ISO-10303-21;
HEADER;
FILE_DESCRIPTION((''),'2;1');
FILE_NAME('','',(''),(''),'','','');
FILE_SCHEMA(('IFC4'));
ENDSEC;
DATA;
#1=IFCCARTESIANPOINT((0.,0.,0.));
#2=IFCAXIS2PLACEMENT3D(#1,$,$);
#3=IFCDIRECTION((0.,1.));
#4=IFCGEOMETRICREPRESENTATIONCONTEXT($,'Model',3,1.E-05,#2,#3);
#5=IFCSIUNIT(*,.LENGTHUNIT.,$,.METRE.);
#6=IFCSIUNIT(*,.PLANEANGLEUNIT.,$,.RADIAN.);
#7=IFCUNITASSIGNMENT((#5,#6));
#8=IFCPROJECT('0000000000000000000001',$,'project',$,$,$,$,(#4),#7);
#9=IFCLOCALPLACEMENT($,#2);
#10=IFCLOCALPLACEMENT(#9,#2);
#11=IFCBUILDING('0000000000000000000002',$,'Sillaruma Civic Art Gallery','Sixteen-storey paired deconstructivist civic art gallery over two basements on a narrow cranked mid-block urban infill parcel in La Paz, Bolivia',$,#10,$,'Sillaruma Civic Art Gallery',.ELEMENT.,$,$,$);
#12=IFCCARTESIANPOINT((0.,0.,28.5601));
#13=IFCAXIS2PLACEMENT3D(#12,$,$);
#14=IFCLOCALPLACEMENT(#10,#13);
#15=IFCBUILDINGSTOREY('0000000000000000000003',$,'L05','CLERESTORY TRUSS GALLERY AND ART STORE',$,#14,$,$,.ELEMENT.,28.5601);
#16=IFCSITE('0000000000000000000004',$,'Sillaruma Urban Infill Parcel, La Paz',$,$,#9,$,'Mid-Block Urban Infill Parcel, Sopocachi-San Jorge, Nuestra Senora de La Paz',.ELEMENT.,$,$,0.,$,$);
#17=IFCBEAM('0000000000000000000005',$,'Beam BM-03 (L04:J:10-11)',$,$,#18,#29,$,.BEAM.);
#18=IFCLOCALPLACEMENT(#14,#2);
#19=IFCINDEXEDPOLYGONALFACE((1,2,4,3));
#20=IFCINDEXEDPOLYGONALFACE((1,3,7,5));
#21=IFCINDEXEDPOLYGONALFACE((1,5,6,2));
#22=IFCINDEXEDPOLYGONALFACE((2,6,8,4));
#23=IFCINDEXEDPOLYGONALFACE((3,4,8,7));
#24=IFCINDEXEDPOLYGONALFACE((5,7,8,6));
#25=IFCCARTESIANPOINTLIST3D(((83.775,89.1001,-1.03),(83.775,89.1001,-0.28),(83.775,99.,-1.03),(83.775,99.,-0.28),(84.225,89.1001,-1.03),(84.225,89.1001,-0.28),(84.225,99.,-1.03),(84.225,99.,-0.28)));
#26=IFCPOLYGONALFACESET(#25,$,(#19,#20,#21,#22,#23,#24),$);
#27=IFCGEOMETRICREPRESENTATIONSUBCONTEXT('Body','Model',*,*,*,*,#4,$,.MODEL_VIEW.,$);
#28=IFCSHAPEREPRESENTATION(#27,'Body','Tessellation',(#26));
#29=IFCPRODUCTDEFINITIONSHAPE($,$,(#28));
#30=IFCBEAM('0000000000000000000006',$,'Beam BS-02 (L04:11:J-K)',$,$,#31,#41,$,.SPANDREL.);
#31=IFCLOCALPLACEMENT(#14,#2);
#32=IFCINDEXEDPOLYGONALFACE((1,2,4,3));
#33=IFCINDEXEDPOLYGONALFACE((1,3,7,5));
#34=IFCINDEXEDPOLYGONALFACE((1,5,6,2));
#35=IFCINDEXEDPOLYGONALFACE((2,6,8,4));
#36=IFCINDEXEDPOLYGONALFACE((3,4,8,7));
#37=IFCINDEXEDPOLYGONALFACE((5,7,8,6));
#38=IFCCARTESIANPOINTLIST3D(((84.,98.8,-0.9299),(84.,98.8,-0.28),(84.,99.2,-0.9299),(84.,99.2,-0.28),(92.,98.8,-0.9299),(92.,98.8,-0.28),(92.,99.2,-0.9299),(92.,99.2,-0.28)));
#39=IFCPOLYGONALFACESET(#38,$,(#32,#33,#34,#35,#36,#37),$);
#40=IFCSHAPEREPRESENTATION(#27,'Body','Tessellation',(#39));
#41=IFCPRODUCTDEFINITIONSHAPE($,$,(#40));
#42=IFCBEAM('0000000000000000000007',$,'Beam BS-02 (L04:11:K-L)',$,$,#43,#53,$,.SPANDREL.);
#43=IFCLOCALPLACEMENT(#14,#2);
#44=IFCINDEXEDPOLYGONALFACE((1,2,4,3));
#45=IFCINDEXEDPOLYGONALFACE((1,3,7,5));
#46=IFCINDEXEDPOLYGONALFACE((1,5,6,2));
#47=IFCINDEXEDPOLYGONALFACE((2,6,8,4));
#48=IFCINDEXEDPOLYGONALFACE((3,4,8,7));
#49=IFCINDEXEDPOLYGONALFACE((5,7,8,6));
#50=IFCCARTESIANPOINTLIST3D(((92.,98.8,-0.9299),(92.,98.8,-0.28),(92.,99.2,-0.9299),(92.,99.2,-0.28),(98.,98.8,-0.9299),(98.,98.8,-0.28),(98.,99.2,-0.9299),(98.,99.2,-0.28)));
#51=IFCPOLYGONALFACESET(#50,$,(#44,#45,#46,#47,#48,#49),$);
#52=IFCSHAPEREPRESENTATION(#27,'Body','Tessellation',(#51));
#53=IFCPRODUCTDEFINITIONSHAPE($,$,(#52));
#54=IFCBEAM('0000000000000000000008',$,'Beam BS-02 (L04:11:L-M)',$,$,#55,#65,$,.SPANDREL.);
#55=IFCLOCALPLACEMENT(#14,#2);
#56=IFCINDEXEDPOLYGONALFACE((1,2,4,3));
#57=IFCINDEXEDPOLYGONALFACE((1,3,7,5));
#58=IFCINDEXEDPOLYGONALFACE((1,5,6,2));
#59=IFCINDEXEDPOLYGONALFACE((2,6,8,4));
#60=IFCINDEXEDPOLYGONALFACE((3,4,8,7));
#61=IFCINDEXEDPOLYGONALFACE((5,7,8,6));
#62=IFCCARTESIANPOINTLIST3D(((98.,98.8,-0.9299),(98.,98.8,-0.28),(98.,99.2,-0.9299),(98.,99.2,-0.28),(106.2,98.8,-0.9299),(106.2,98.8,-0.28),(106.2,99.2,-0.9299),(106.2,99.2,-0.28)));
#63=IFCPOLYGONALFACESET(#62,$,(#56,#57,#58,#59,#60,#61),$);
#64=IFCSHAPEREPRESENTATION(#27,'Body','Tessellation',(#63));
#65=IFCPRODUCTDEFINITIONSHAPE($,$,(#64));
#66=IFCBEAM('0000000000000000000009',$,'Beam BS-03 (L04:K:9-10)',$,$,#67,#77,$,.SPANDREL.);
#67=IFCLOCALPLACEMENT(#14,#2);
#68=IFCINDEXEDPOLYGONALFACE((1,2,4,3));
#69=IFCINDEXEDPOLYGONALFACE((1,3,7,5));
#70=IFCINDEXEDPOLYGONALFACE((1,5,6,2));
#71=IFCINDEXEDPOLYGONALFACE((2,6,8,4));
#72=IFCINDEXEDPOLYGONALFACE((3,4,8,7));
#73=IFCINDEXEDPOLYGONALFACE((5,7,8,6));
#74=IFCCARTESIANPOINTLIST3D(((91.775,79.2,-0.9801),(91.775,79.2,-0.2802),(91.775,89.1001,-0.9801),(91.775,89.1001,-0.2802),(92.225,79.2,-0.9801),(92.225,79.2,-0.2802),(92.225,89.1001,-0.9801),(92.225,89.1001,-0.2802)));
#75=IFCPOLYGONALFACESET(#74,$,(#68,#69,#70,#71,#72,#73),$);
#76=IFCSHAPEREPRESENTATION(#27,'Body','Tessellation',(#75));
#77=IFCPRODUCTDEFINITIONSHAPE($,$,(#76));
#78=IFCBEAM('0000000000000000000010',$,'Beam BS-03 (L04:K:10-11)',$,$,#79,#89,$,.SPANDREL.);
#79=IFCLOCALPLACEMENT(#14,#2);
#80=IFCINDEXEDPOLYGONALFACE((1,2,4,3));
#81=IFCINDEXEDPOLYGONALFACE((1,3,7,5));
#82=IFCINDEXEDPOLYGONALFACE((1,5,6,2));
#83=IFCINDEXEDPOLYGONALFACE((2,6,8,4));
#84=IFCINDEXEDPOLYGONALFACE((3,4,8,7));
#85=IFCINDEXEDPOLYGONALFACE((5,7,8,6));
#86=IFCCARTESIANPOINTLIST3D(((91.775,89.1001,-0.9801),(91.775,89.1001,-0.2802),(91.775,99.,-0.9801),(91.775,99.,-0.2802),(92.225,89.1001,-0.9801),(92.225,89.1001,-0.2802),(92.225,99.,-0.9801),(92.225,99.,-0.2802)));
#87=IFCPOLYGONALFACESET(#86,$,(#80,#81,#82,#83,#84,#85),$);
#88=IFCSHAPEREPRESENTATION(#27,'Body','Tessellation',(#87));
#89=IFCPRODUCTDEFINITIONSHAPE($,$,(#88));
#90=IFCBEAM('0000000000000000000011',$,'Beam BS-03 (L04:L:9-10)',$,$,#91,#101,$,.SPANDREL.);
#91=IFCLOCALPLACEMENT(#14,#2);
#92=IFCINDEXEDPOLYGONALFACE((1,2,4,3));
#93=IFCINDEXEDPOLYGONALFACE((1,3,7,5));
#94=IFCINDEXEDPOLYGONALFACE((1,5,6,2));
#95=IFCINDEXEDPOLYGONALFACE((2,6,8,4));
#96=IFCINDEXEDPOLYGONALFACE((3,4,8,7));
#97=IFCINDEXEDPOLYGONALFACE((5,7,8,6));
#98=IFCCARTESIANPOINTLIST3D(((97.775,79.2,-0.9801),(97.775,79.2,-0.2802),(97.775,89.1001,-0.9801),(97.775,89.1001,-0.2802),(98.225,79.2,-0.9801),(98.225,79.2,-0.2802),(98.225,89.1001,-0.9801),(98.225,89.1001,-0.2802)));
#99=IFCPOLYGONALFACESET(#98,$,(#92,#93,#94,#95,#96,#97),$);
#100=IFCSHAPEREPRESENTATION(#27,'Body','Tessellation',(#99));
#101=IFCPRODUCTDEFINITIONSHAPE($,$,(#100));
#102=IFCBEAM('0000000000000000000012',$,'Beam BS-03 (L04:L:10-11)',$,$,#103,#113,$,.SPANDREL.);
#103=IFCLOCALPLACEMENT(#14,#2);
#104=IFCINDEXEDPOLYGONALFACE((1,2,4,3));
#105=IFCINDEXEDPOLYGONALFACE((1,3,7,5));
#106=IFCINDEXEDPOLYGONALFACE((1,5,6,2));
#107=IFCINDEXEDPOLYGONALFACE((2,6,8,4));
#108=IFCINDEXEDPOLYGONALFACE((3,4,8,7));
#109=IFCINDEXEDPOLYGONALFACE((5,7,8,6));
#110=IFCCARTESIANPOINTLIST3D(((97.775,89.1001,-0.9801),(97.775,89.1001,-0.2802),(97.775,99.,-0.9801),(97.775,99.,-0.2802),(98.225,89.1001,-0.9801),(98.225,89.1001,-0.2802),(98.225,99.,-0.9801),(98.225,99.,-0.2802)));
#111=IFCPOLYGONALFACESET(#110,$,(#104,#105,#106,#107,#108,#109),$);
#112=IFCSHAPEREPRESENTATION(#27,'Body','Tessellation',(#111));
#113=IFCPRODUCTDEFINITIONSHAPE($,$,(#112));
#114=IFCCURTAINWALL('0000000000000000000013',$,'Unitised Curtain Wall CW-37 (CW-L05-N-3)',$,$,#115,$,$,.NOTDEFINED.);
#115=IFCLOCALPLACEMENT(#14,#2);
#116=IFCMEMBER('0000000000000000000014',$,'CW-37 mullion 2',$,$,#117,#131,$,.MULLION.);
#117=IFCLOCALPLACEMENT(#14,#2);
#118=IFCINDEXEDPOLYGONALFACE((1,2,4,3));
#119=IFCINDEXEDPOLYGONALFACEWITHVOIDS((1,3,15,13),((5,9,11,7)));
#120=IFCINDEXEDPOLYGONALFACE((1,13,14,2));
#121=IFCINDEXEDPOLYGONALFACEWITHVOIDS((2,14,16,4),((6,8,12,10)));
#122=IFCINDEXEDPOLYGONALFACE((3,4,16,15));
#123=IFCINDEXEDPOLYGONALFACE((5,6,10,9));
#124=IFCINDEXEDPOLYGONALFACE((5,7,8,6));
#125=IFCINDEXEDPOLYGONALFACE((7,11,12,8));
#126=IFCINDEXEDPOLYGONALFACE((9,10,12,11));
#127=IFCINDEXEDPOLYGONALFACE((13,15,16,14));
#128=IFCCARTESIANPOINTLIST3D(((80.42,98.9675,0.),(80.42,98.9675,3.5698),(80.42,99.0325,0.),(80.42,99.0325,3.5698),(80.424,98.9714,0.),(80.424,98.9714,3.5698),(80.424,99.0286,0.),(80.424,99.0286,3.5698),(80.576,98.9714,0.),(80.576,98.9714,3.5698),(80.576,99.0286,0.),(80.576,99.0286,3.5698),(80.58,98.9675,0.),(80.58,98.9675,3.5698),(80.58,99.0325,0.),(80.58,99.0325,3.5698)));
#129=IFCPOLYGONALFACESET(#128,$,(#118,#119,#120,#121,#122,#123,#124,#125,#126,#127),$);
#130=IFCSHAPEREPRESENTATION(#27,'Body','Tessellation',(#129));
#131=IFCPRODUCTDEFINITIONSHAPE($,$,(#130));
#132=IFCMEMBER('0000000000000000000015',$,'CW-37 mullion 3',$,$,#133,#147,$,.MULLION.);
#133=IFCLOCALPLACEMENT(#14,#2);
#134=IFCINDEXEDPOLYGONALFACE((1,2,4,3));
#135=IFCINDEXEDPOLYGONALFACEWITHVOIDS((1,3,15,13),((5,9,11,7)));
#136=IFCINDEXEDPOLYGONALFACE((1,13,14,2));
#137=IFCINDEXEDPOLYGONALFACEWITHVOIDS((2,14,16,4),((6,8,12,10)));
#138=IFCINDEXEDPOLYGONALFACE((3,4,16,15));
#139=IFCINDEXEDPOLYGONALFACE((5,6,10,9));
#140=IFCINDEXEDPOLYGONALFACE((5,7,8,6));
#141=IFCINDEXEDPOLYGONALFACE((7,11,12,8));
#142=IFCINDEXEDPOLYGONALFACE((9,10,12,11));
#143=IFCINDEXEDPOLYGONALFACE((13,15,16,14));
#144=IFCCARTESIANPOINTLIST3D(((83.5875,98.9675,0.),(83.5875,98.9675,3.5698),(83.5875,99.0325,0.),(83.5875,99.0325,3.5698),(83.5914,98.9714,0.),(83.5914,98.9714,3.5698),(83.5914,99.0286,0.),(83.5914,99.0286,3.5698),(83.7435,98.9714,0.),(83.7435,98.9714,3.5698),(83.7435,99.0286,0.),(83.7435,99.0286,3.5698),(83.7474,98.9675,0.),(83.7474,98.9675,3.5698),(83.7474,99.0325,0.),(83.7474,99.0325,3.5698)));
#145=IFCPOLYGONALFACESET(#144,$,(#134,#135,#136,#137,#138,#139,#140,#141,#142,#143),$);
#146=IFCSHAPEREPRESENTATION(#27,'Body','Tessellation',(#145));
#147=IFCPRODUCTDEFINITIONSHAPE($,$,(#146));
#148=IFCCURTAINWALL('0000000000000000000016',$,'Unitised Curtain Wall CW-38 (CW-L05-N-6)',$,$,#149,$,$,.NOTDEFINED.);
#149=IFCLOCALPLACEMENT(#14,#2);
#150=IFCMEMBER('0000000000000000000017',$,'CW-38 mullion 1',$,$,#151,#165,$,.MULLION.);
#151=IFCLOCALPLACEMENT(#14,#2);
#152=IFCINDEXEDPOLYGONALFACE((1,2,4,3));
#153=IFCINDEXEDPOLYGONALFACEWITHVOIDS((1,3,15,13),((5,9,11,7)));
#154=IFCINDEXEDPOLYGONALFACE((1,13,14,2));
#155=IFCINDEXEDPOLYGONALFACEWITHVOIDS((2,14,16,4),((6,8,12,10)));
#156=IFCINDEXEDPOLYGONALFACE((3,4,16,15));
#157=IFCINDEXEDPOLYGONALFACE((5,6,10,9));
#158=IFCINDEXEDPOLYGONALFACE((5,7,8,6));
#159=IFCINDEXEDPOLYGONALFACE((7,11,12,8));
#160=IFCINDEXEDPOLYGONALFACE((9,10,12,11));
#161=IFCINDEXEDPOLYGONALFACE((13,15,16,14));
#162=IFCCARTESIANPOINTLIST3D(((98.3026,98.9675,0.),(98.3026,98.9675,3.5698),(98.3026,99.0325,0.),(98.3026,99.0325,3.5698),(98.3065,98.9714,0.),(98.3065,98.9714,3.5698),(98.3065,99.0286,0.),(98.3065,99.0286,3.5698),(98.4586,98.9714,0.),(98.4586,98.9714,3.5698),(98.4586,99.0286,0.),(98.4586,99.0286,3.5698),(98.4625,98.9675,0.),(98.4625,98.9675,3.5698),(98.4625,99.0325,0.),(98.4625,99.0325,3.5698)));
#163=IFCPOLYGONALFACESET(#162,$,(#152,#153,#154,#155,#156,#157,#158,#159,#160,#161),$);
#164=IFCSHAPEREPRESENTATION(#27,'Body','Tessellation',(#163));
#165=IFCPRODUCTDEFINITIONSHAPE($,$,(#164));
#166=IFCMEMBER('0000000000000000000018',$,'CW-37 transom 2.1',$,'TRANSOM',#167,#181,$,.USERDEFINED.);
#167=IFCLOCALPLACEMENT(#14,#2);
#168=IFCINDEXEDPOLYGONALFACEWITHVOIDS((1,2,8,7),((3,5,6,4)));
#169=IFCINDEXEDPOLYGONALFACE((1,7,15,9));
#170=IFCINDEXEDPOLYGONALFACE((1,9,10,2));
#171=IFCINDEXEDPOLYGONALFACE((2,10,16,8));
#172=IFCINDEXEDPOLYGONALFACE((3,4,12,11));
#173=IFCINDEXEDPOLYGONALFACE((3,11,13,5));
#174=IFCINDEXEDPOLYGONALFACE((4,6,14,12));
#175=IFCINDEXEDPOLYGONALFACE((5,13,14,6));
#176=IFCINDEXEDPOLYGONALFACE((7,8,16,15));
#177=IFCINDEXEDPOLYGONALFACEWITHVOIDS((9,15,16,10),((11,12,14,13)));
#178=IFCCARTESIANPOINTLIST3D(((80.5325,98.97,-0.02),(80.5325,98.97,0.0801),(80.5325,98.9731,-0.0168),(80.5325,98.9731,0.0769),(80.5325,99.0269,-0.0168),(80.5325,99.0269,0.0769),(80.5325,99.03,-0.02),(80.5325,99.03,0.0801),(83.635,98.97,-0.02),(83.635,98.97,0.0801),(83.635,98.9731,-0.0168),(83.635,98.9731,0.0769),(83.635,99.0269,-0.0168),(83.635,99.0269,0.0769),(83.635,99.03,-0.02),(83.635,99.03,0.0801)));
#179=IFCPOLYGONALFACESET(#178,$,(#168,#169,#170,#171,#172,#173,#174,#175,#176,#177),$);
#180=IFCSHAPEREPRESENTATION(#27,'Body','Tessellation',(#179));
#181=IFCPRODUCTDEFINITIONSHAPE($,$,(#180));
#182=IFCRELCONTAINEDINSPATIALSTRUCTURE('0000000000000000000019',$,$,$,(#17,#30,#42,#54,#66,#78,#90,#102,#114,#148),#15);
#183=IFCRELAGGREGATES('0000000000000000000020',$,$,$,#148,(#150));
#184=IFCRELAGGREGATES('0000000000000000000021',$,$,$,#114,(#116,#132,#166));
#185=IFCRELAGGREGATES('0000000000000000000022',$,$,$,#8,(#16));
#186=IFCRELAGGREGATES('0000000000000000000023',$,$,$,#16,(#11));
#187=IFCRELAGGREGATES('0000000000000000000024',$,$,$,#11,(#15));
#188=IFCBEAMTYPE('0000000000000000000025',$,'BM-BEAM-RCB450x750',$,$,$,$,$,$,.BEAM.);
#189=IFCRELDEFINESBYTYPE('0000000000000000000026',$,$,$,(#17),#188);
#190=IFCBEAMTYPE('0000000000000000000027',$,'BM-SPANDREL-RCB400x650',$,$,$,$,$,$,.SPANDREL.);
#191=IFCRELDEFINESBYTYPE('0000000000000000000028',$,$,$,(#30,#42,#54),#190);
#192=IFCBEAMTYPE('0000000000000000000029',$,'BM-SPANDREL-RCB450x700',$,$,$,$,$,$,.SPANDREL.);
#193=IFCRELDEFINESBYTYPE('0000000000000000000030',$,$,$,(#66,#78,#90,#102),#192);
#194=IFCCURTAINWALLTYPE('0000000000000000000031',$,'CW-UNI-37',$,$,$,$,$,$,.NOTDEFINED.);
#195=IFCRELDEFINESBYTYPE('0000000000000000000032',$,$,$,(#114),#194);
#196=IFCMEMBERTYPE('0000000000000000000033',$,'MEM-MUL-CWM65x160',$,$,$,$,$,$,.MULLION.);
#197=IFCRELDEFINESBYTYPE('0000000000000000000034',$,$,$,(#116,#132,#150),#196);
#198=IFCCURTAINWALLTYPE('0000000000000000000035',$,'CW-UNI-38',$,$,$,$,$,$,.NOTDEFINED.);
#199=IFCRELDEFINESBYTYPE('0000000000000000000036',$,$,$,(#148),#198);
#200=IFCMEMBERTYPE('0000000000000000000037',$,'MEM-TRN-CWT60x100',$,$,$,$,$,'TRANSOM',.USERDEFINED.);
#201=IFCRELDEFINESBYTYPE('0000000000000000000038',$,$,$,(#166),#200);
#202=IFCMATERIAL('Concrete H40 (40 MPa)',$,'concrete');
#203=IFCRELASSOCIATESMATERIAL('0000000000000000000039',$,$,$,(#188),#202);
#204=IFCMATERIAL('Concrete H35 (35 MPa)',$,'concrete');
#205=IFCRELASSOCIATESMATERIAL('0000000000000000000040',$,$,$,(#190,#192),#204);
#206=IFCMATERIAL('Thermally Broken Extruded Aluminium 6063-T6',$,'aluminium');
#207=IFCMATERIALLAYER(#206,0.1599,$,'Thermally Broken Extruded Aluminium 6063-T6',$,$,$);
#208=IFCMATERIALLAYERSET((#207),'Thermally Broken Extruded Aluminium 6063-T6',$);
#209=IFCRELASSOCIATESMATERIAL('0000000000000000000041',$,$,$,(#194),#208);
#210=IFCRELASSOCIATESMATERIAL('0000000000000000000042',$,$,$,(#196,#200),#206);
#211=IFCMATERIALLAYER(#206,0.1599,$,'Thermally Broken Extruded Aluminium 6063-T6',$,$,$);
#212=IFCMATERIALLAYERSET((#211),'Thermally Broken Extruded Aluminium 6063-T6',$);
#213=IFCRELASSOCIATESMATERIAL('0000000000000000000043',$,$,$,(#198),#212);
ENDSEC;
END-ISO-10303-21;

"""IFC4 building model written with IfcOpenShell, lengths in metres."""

from ifc_helpers import new_model, si_unit, direction, frame, origin, origin_2d, place, context, subcontext, project, spatial, rectangle, hollow_rectangle, extrude, material, layer, layer_set, material_profile, profile_set, type_object, element, aggregate, save


model = new_model("IFC4")

# Units and contexts
model_context = context("Model", 3, precision=1e-05, world=origin(), true_north=direction((0.0, 1.0)))
body_context = subcontext(model_context, "Body", "Model", "MODEL_VIEW")
ifc_project = project(units=[si_unit("LENGTHUNIT", "METRE"), si_unit("PLANEANGLEUNIT", "RADIAN")], contexts=[model_context])

# Site, building, storey
site_placement = place(None, origin())
site = spatial("IfcSite", under=ifc_project, at=site_placement, Name="Sillaruma Urban Infill Parcel, La Paz", LongName="Mid-Block Urban Infill Parcel, Sopocachi-San Jorge, Nuestra Senora de La Paz", CompositionType="ELEMENT", RefElevation=0.0)
building_placement = place(site_placement, origin())
building = spatial("IfcBuilding", under=site, at=building_placement, Name="Sillaruma Civic Art Gallery", Description="Sixteen-storey paired deconstructivist civic art gallery over two basements on a narrow cranked mid-block urban infill parcel in La Paz, Bolivia", LongName="Sillaruma Civic Art Gallery", CompositionType="ELEMENT")
storey_placement = place(building_placement, frame((0.0, 0.0, 28.5601)))
storey = spatial("IfcBuildingStorey", under=building, at=storey_placement, Name="L05", Description="CLERESTORY TRUSS GALLERY AND ART STORE", CompositionType="ELEMENT", Elevation=28.5601)

# Shared definitions
ifc_material_1 = material(Name="Concrete H40 (40 MPa)", Category="concrete")

# Beams
ifc_material_2 = material(Name="Concrete H35 (35 MPa)", Category="concrete")
ifc_material_profile_1 = material_profile(ifc_material_1, rectangle(XDim=0.45, YDim=0.75, at=origin_2d()), Name="RCB450x750")
ifc_profile_set_1 = profile_set([ifc_material_profile_1], Name="Concrete H40 (40 MPa)")
beam_type_1 = type_object("IfcBeamType", Name="BM-BEAM-RCB450x750", PredefinedType="BEAM", material=ifc_profile_set_1)
beam_1_placement = place(storey_placement, frame((84.0, 89.1001, -0.655), z_axis=(0.0, 1.0, 0.0), x_axis=(-1.0, 0.0, 0.0)))
element("IfcBeam", 1, at=beam_1_placement, inside=storey, type_object=beam_type_1, Name="Beam BM-03 (L04:J:10-11)", PredefinedType="BEAM", context=body_context, shape_type="SweptSolid", body=[
    extrude(rectangle(XDim=0.45, YDim=0.75, at=origin_2d()), origin(), (0.0, 0.0, 1.0), 9.8999),
])
ifc_material_profile_2 = material_profile(ifc_material_2, rectangle(XDim=0.3999, YDim=0.6499, at=origin_2d()), Name="RCB400x650")
ifc_profile_set_2 = profile_set([ifc_material_profile_2], Name="Concrete H35 (35 MPa)")
beam_type_2 = type_object("IfcBeamType", Name="BM-SPANDREL-RCB400x650", PredefinedType="SPANDREL", material=ifc_profile_set_2)
beam_2_placement = place(storey_placement, frame((84.0, 99.0, -0.605), z_axis=(1.0, 0.0, 0.0), x_axis=(0.0, 1.0, 0.0)))
element("IfcBeam", 2, at=beam_2_placement, inside=storey, type_object=beam_type_2, Name="Beam BS-02 (L04:11:J-K)", PredefinedType="SPANDREL", context=body_context, shape_type="SweptSolid", body=[
    extrude(rectangle(XDim=0.3999, YDim=0.6499, at=origin_2d()), origin(), (0.0, 0.0, 1.0), 8.0),
])
beam_3_placement = place(storey_placement, frame((92.0, 99.0, -0.605), z_axis=(1.0, 0.0, 0.0), x_axis=(0.0, 1.0, 0.0)))
element("IfcBeam", 3, at=beam_3_placement, inside=storey, type_object=beam_type_2, Name="Beam BS-02 (L04:11:K-L)", PredefinedType="SPANDREL", context=body_context, shape_type="SweptSolid", body=[
    extrude(rectangle(XDim=0.3999, YDim=0.6499, at=origin_2d()), origin(), (0.0, 0.0, 1.0), 6.0),
])
beam_4_placement = place(storey_placement, frame((98.0, 99.0, -0.605), z_axis=(1.0, 0.0, 0.0), x_axis=(0.0, 1.0, 0.0)))
element("IfcBeam", 4, at=beam_4_placement, inside=storey, type_object=beam_type_2, Name="Beam BS-02 (L04:11:L-M)", PredefinedType="SPANDREL", context=body_context, shape_type="SweptSolid", body=[
    extrude(rectangle(XDim=0.3999, YDim=0.6499, at=origin_2d()), origin(), (0.0, 0.0, 1.0), 8.2),
])
ifc_material_profile_3 = material_profile(ifc_material_2, rectangle(XDim=0.45, YDim=0.7, at=origin_2d()), Name="RCB450x700")
ifc_profile_set_3 = profile_set([ifc_material_profile_3], Name="Concrete H35 (35 MPa)")
beam_type_3 = type_object("IfcBeamType", Name="BM-SPANDREL-RCB450x700", PredefinedType="SPANDREL", material=ifc_profile_set_3)
beam_5_placement = place(storey_placement, frame((92.0, 79.2, -0.6301), z_axis=(0.0, 1.0, 0.0), x_axis=(-1.0, 0.0, 0.0)))
element("IfcBeam", 5, at=beam_5_placement, inside=storey, type_object=beam_type_3, Name="Beam BS-03 (L04:K:9-10)", PredefinedType="SPANDREL", context=body_context, shape_type="SweptSolid", body=[
    extrude(rectangle(XDim=0.45, YDim=0.7, at=origin_2d()), origin(), (0.0, 0.0, 1.0), 9.9001),
])
beam_6_placement = place(storey_placement, frame((92.0, 89.1001, -0.6301), z_axis=(0.0, 1.0, 0.0), x_axis=(-1.0, 0.0, 0.0)))
element("IfcBeam", 6, at=beam_6_placement, inside=storey, type_object=beam_type_3, Name="Beam BS-03 (L04:K:10-11)", PredefinedType="SPANDREL", context=body_context, shape_type="SweptSolid", body=[
    extrude(rectangle(XDim=0.45, YDim=0.7, at=origin_2d()), origin(), (0.0, 0.0, 1.0), 9.8999),
])
beam_7_placement = place(storey_placement, frame((98.0, 79.2, -0.6301), z_axis=(0.0, 1.0, 0.0), x_axis=(-1.0, 0.0, 0.0)))
element("IfcBeam", 7, at=beam_7_placement, inside=storey, type_object=beam_type_3, Name="Beam BS-03 (L04:L:9-10)", PredefinedType="SPANDREL", context=body_context, shape_type="SweptSolid", body=[
    extrude(rectangle(XDim=0.45, YDim=0.7, at=origin_2d()), origin(), (0.0, 0.0, 1.0), 9.9001),
])
beam_8_placement = place(storey_placement, frame((98.0, 89.1001, -0.6301), z_axis=(0.0, 1.0, 0.0), x_axis=(-1.0, 0.0, 0.0)))
element("IfcBeam", 8, at=beam_8_placement, inside=storey, type_object=beam_type_3, Name="Beam BS-03 (L04:L:10-11)", PredefinedType="SPANDREL", context=body_context, shape_type="SweptSolid", body=[
    extrude(rectangle(XDim=0.45, YDim=0.7, at=origin_2d()), origin(), (0.0, 0.0, 1.0), 9.8999),
])

# Curtain wall, members
ifc_material_3 = material(Name="Thermally Broken Extruded Aluminium 6063-T6", Category="aluminium")
ifc_layer_1 = layer(ifc_material_3, 0.1599, Name="Thermally Broken Extruded Aluminium 6063-T6")
ifc_layer_set_1 = layer_set([ifc_layer_1], Name="Thermally Broken Extruded Aluminium 6063-T6")
curtain_wall_type_1 = type_object("IfcCurtainWallType", Name="CW-UNI-37", PredefinedType="NOTDEFINED", material=ifc_layer_set_1)
curtain_wall_1_placement = place(storey_placement, origin())
curtain_wall_1 = element("IfcCurtainWall", 9, at=curtain_wall_1_placement, inside=storey, type_object=curtain_wall_type_1, Name="Unitised Curtain Wall CW-37 (CW-L05-N-3)", PredefinedType="NOTDEFINED")
ifc_material_profile_4 = material_profile(ifc_material_3, hollow_rectangle(XDim=0.0649, YDim=0.1599, WallThickness=0.0039, at=origin_2d()), Name="CWM65x160")
ifc_profile_set_4 = profile_set([ifc_material_profile_4], Name="Thermally Broken Extruded Aluminium 6063-T6")
member_type_1 = type_object("IfcMemberType", Name="MEM-MUL-CWM65x160", PredefinedType="MULLION", material=ifc_profile_set_4)
member_1_placement = place(storey_placement, frame((80.5, 99.0, 0.0), z_axis=(0.0, 0.0, 1.0), x_axis=(0.0, 1.0, 0.0)))
member_1 = element("IfcMember", 10, at=member_1_placement, type_object=member_type_1, Name="CW-37 mullion 2", PredefinedType="MULLION", context=body_context, shape_type="SweptSolid", body=[
    extrude(hollow_rectangle(XDim=0.0649, YDim=0.1599, WallThickness=0.0039, at=origin_2d()), origin(), (0.0, 0.0, 1.0), 3.5698),
])
member_2_placement = place(storey_placement, frame((83.6675, 99.0, 0.0), z_axis=(0.0, 0.0, 1.0), x_axis=(0.0, 1.0, 0.0)))
member_2 = element("IfcMember", 11, at=member_2_placement, type_object=member_type_1, Name="CW-37 mullion 3", PredefinedType="MULLION", context=body_context, shape_type="SweptSolid", body=[
    extrude(hollow_rectangle(XDim=0.0649, YDim=0.1599, WallThickness=0.0039, at=origin_2d()), origin(), (0.0, 0.0, 1.0), 3.5698),
])

# Curtain wall, member
ifc_layer_2 = layer(ifc_material_3, 0.1599, Name="Thermally Broken Extruded Aluminium 6063-T6")
ifc_layer_set_2 = layer_set([ifc_layer_2], Name="Thermally Broken Extruded Aluminium 6063-T6")
curtain_wall_type_2 = type_object("IfcCurtainWallType", Name="CW-UNI-38", PredefinedType="NOTDEFINED", material=ifc_layer_set_2)
curtain_wall_2_placement = place(storey_placement, origin())
curtain_wall_2 = element("IfcCurtainWall", 12, at=curtain_wall_2_placement, inside=storey, type_object=curtain_wall_type_2, Name="Unitised Curtain Wall CW-38 (CW-L05-N-6)", PredefinedType="NOTDEFINED")
member_3_placement = place(storey_placement, frame((98.3826, 99.0, 0.0), z_axis=(0.0, 0.0, 1.0), x_axis=(0.0, 1.0, 0.0)))
member_3 = element("IfcMember", 13, at=member_3_placement, type_object=member_type_1, Name="CW-38 mullion 1", PredefinedType="MULLION", context=body_context, shape_type="SweptSolid", body=[
    extrude(hollow_rectangle(XDim=0.0649, YDim=0.1599, WallThickness=0.0039, at=origin_2d()), origin(), (0.0, 0.0, 1.0), 3.5698),
])
aggregate(curtain_wall_2, [member_3])

# Member
ifc_material_profile_5 = material_profile(ifc_material_3, hollow_rectangle(XDim=0.0601, YDim=0.1001, WallThickness=0.0032, at=origin_2d()), Name="CWT60x100")
ifc_profile_set_5 = profile_set([ifc_material_profile_5], Name="Thermally Broken Extruded Aluminium 6063-T6")
member_type_2 = type_object("IfcMemberType", Name="MEM-TRN-CWT60x100", ElementType="TRANSOM", PredefinedType="USERDEFINED", material=ifc_profile_set_5)
member_4_placement = place(storey_placement, frame((80.5325, 99.0, 0.03), z_axis=(1.0, 0.0, 0.0), x_axis=(0.0, 1.0, 0.0)))
member_4 = element("IfcMember", 14, at=member_4_placement, type_object=member_type_2, Name="CW-37 transom 2.1", ObjectType="TRANSOM", PredefinedType="USERDEFINED", context=body_context, shape_type="SweptSolid", body=[
    extrude(hollow_rectangle(XDim=0.0601, YDim=0.1001, WallThickness=0.0032, at=origin_2d()), origin(), (0.0, 0.0, 1.0), 3.1025),
])

aggregate(curtain_wall_1, [member_1, member_2, member_4])

save(model, "model.ifc")
